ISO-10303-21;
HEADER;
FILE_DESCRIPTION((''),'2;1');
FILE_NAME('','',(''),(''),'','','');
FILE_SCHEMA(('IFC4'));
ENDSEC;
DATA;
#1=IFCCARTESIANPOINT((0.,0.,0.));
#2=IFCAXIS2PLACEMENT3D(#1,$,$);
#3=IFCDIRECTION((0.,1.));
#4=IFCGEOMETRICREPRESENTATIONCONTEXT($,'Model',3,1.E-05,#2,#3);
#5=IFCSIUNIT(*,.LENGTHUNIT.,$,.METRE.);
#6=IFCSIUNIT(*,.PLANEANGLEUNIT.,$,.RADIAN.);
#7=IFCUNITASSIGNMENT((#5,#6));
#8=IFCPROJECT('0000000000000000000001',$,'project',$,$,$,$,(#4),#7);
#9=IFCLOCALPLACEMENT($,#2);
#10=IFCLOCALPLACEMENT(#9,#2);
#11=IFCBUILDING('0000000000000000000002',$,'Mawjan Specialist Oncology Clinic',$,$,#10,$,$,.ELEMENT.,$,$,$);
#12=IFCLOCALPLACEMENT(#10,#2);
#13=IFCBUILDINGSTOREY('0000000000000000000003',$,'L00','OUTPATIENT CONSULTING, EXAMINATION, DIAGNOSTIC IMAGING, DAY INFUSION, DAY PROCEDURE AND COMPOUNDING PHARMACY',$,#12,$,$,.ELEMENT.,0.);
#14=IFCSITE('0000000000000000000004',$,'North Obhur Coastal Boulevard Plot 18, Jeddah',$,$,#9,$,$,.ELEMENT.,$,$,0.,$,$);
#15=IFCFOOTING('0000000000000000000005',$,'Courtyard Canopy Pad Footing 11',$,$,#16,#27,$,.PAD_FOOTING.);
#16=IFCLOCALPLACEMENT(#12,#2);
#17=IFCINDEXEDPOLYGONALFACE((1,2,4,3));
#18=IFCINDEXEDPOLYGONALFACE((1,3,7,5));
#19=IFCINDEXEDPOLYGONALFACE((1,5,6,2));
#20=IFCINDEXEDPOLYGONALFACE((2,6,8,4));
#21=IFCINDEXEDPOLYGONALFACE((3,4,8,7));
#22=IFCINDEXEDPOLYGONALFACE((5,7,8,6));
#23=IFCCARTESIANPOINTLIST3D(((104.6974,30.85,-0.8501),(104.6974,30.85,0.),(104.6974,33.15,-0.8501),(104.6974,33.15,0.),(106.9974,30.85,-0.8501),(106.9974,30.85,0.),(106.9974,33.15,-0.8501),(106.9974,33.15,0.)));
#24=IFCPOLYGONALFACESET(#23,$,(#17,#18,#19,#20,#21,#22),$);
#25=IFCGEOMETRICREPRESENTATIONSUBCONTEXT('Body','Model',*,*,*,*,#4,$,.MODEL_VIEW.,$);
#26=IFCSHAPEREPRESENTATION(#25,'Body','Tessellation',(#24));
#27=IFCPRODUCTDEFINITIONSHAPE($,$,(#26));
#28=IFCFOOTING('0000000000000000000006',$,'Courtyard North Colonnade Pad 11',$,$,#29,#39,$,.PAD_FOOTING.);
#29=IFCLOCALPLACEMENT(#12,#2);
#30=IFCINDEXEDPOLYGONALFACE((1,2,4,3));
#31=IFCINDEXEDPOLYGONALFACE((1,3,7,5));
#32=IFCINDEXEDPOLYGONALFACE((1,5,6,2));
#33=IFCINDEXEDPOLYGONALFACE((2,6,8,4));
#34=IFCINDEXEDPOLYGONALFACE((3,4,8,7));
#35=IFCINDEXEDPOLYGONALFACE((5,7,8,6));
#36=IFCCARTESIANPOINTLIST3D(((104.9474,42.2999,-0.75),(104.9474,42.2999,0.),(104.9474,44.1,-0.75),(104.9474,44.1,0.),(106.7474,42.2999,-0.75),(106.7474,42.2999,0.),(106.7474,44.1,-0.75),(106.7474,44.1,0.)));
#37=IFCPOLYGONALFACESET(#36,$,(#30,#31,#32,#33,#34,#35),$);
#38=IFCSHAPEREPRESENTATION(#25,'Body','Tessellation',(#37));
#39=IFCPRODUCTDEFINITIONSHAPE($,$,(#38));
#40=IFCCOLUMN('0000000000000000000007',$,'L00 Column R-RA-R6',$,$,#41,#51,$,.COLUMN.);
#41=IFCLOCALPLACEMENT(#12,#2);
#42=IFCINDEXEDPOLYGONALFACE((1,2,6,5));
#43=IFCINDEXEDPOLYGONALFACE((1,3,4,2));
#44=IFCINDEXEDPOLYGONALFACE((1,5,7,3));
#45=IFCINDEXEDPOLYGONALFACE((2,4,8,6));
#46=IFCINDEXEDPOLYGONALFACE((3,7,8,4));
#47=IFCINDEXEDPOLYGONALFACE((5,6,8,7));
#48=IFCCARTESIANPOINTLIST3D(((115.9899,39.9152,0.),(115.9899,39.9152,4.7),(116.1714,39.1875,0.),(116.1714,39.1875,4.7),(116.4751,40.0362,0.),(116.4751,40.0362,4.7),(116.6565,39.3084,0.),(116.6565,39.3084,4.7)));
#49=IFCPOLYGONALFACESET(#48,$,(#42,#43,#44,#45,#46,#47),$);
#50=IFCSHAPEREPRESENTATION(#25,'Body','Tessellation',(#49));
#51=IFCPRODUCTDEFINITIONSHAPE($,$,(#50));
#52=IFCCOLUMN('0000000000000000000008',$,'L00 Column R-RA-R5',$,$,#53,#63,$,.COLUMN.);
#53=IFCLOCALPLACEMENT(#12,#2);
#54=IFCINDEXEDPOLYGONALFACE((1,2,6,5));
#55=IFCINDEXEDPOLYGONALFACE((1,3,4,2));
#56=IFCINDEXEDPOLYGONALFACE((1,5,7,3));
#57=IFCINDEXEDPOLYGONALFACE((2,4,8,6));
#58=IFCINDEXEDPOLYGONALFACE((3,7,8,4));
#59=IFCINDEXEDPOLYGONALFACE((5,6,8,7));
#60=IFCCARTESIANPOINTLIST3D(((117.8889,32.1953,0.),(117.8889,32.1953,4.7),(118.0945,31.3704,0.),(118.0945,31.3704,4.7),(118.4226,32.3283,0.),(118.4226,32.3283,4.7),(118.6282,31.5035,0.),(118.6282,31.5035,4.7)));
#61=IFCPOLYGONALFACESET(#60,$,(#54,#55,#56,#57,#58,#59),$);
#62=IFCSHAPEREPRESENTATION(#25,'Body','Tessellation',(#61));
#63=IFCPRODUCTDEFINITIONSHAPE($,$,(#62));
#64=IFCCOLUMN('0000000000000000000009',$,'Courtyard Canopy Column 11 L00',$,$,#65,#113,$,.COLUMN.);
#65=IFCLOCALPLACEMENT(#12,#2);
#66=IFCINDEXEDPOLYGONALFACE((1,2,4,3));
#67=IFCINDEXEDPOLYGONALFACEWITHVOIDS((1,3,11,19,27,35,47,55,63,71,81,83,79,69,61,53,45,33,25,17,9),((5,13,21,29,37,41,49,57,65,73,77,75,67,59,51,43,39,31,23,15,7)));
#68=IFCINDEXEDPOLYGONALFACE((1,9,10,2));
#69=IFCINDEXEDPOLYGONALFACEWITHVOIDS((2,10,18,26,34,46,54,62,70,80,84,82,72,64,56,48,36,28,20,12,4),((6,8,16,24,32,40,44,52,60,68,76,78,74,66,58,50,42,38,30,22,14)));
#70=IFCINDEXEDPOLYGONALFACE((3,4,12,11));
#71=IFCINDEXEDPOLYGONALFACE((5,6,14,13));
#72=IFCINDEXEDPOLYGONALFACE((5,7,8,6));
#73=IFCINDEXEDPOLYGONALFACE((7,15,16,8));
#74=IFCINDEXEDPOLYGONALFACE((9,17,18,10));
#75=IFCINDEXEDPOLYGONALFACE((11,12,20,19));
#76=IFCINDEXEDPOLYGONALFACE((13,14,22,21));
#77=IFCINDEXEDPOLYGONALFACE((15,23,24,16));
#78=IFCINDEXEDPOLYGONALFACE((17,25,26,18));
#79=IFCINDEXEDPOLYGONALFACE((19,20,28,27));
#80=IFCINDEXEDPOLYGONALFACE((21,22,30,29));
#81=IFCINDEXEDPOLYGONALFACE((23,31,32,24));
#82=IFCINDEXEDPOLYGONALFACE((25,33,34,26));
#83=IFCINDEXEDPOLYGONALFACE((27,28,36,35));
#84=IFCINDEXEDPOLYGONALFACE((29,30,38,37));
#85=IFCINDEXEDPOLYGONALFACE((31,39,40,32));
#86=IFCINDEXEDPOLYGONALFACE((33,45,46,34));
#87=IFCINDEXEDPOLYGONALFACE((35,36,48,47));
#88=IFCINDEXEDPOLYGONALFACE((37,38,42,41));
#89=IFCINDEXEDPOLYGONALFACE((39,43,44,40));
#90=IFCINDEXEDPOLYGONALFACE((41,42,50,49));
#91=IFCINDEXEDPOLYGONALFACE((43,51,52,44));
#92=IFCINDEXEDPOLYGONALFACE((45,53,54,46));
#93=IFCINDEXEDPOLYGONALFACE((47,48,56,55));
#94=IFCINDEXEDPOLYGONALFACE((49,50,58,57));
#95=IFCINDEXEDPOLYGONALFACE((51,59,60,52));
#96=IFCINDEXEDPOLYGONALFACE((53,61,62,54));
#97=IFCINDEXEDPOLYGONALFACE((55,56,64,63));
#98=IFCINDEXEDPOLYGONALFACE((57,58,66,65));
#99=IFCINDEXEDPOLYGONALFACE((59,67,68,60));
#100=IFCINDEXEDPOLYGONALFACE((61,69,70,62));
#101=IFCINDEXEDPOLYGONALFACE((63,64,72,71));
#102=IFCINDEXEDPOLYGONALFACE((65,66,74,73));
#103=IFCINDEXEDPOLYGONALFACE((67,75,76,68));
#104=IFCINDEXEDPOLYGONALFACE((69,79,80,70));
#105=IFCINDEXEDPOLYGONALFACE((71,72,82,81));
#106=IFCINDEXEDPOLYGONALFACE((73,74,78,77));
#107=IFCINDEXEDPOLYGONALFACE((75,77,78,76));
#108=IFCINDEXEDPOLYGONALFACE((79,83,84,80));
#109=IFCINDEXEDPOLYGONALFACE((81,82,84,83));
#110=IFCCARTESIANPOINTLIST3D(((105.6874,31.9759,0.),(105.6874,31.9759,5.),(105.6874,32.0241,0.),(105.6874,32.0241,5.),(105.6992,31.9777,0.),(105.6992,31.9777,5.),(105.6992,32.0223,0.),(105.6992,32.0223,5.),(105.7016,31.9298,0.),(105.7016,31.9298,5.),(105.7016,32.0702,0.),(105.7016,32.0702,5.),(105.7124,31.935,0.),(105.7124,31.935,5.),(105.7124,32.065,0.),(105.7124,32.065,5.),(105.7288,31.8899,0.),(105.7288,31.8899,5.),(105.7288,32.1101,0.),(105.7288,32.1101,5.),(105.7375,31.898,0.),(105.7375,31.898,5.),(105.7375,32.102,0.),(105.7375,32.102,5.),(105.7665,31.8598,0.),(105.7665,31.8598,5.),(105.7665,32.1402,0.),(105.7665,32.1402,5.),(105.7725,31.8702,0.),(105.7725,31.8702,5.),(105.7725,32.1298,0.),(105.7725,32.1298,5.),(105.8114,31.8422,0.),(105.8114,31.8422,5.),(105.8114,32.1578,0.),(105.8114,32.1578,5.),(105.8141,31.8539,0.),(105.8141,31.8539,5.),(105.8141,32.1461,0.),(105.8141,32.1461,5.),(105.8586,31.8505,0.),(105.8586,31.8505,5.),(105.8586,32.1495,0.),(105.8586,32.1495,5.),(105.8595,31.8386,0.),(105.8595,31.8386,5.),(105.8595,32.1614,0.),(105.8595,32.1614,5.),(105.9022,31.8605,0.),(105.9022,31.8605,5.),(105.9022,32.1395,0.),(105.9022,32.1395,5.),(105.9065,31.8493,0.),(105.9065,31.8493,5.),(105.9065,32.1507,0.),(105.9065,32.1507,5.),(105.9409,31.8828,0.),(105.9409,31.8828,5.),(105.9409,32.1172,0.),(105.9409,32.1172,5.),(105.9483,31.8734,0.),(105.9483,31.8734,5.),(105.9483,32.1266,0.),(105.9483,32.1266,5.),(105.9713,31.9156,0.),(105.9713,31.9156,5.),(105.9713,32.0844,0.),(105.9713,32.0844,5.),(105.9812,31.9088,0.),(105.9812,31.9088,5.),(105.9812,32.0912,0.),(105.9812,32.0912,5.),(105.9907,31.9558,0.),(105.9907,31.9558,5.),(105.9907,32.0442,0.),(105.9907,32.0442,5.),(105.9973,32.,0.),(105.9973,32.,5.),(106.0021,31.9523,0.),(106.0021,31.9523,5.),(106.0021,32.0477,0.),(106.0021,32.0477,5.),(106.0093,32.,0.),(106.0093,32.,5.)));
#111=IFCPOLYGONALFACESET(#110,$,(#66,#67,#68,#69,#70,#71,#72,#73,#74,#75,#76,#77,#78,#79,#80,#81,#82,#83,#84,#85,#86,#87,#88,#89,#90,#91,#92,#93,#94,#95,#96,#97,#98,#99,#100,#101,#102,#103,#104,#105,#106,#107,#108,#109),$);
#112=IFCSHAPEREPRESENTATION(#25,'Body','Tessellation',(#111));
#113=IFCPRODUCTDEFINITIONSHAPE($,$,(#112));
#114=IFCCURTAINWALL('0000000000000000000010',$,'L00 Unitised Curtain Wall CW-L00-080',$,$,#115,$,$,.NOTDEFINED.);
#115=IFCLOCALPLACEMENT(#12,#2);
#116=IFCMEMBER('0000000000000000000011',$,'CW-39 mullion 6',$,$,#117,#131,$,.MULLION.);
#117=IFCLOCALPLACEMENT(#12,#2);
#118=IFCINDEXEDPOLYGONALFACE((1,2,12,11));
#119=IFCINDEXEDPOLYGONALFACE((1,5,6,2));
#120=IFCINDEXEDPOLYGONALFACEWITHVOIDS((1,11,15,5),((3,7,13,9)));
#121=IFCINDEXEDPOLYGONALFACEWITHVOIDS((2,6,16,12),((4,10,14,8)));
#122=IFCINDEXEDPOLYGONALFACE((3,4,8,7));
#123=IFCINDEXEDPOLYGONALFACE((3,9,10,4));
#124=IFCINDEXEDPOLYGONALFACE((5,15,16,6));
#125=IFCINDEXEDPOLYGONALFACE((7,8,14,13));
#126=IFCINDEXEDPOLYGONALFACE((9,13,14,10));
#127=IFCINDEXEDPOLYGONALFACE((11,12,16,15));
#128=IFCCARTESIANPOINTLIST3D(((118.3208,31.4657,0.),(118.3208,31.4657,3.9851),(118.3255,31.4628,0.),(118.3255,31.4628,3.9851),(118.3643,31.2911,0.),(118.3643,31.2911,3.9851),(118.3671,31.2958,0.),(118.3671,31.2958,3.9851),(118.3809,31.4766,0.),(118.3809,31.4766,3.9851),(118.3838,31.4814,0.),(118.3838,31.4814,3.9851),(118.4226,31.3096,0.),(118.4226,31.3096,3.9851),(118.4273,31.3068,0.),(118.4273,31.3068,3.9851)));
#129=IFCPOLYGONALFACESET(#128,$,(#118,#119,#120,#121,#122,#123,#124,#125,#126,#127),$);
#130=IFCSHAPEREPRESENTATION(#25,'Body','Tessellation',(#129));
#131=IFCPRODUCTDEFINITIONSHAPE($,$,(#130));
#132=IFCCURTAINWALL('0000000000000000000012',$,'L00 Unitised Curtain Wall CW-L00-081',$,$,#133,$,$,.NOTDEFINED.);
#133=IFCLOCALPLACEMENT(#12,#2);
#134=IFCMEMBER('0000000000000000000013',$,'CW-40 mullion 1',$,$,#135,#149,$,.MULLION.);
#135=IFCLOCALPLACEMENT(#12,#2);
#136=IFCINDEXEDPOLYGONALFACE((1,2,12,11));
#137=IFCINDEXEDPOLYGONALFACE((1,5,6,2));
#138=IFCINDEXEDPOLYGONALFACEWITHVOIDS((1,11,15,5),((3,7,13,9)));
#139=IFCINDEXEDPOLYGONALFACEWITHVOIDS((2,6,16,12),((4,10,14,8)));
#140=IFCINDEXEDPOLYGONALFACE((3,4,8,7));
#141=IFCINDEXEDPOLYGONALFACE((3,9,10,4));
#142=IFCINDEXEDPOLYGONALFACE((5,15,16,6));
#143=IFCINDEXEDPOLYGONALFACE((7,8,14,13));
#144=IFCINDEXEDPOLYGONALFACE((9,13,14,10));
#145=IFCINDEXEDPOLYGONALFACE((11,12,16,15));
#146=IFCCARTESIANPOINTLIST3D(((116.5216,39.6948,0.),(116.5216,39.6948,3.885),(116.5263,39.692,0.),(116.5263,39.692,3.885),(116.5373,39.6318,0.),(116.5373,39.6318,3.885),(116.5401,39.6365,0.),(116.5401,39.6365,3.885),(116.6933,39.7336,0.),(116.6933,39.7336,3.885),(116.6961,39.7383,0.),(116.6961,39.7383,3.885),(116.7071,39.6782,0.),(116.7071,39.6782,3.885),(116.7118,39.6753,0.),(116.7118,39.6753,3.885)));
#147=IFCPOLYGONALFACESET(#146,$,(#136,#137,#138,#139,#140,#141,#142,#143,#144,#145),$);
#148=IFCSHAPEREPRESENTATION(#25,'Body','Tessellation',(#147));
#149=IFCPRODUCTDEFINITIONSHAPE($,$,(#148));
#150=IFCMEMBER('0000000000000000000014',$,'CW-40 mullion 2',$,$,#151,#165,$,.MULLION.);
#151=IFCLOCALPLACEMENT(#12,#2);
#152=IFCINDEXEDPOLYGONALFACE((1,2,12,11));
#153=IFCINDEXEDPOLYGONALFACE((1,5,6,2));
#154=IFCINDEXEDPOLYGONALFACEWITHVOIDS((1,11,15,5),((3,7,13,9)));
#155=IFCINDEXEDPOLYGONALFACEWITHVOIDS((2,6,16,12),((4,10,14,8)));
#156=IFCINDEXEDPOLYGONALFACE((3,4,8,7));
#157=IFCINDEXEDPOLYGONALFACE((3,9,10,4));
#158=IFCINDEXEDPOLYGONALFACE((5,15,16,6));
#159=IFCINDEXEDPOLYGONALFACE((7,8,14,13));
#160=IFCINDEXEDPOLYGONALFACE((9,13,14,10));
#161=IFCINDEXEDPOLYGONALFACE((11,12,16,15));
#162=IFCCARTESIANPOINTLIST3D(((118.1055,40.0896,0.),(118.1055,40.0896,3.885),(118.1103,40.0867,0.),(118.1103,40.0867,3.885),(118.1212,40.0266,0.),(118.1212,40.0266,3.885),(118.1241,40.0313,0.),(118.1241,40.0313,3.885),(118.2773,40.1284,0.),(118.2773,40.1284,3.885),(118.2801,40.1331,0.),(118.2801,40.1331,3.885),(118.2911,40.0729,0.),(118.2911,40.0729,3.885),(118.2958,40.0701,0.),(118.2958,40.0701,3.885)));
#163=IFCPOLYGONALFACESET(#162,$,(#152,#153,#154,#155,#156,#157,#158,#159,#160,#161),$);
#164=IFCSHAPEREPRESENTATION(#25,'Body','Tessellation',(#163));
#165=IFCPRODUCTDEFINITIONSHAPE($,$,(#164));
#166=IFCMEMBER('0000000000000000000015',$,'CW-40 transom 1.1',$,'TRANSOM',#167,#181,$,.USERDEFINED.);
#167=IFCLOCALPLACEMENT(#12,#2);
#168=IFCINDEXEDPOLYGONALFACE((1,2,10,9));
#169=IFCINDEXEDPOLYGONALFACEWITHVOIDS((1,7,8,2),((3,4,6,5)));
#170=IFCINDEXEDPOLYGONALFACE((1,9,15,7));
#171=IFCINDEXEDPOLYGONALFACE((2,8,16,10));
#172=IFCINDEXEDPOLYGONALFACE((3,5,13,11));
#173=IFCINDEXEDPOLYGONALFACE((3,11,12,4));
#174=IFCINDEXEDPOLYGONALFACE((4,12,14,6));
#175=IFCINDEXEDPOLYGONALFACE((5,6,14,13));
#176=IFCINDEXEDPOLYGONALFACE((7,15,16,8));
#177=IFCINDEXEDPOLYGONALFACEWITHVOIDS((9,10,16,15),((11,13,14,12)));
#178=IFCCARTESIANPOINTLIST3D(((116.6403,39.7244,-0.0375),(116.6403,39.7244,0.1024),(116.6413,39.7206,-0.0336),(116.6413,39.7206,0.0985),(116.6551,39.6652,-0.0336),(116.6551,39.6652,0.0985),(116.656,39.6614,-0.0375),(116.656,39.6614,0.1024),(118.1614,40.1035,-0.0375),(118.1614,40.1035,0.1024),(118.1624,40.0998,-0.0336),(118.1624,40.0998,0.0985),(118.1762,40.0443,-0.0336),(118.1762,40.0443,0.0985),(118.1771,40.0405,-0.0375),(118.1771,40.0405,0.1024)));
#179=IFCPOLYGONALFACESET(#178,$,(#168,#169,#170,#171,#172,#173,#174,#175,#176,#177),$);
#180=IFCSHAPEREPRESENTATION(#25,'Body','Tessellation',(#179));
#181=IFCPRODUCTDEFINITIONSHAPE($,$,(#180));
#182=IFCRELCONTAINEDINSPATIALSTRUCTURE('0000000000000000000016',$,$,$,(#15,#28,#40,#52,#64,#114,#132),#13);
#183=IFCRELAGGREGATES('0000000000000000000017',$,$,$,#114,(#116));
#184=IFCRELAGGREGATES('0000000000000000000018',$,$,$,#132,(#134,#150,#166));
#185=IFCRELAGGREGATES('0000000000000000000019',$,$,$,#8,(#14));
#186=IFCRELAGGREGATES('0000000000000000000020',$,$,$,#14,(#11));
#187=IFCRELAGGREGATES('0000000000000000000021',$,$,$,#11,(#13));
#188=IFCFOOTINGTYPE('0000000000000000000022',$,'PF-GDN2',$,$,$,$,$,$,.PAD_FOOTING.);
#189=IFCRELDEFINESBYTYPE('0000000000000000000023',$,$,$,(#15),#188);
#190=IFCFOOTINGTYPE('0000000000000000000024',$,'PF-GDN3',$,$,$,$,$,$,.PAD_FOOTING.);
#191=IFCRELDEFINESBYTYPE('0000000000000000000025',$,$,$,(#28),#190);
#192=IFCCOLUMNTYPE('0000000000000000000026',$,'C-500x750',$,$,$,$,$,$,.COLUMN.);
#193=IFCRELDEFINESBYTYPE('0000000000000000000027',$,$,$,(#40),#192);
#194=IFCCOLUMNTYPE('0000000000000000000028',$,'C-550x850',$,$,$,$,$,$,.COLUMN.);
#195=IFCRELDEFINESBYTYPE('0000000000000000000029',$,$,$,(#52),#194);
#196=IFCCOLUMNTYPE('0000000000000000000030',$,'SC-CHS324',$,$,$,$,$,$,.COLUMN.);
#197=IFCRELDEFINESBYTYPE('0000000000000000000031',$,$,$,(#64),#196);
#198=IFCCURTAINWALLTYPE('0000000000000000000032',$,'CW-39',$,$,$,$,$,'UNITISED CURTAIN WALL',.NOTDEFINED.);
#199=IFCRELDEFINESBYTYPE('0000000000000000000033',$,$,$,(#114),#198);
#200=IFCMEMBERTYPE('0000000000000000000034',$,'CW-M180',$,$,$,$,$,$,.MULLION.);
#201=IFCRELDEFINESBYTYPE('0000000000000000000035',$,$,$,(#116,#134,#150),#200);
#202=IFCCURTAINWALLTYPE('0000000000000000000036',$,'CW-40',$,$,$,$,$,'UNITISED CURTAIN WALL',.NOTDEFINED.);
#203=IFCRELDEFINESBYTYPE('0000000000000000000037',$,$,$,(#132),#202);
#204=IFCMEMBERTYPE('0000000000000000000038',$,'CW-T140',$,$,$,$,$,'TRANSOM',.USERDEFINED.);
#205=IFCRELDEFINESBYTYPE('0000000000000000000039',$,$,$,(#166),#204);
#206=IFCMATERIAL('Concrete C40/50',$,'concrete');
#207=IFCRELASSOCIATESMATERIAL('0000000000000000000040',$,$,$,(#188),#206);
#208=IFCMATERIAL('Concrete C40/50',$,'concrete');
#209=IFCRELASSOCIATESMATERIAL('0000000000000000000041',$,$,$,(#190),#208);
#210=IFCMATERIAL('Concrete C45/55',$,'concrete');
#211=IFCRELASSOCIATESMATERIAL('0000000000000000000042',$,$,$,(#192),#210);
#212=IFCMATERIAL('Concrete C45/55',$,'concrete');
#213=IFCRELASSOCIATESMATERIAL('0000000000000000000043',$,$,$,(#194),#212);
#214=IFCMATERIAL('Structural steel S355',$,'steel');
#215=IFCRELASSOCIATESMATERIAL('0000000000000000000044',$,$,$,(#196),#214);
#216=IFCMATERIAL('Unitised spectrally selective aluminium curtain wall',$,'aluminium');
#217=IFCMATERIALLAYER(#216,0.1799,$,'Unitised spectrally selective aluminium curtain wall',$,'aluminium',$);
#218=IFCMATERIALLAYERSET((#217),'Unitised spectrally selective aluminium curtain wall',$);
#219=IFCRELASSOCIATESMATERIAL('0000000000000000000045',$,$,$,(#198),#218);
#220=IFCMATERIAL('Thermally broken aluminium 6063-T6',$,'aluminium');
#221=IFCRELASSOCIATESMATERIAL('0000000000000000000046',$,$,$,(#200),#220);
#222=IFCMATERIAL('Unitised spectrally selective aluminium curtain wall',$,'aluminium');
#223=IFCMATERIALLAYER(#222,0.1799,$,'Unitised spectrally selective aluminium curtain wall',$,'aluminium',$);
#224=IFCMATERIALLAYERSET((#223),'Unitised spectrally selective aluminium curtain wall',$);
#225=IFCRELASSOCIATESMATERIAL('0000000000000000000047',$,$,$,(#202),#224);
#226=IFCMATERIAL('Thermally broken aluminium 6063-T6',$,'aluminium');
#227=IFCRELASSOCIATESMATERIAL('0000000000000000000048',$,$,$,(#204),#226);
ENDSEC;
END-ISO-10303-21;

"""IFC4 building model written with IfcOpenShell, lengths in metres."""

from ifc_helpers import new_model, si_unit, direction, frame, origin, origin_2d, place, context, subcontext, project, spatial, rectangle, hollow_rectangle, hollow_circle, extrude, material, layer, layer_set, material_profile, profile_set, type_object, element, aggregate, save


model = new_model("IFC4")

# Units and contexts
model_context = context("Model", 3, precision=1e-05, world=origin(), true_north=direction((0.0, 1.0)))
body_context = subcontext(model_context, "Body", "Model", "MODEL_VIEW")
ifc_project = project(units=[si_unit("LENGTHUNIT", "METRE"), si_unit("PLANEANGLEUNIT", "RADIAN")], contexts=[model_context])

# Site, building, storey
site_placement = place(None, origin())
site = spatial("IfcSite", under=ifc_project, at=site_placement, Name="North Obhur Coastal Boulevard Plot 18, Jeddah", CompositionType="ELEMENT", RefElevation=0.0)
building_placement = place(site_placement, origin())
building = spatial("IfcBuilding", under=site, at=building_placement, Name="Mawjan Specialist Oncology Clinic", CompositionType="ELEMENT")
storey_placement = place(building_placement, origin())
storey = spatial("IfcBuildingStorey", under=building, at=storey_placement, Name="L00", Description="OUTPATIENT CONSULTING, EXAMINATION, DIAGNOSTIC IMAGING, DAY INFUSION, DAY PROCEDURE AND COMPOUNDING PHARMACY", CompositionType="ELEMENT", Elevation=0.0)

# Footings
ifc_material_1 = material(Name="Concrete C40/50", Category="concrete")
footing_type_1 = type_object("IfcFootingType", Name="PF-GDN2", PredefinedType="PAD_FOOTING", material=ifc_material_1)
footing_1_placement = place(storey_placement, frame((105.8474, 32.0, -0.8501), z_axis=(0.0, 0.0, 1.0), x_axis=(1.0, 0.0, 0.0)))
element("IfcFooting", 1, at=footing_1_placement, inside=storey, type_object=footing_type_1, Name="Courtyard Canopy Pad Footing 11", PredefinedType="PAD_FOOTING", context=body_context, shape_type="SweptSolid", body=[
    extrude(rectangle(XDim=2.3, YDim=2.3, at=origin_2d()), origin(), (0.0, 0.0, 1.0), 0.8501),
])
ifc_material_2 = material(Name="Concrete C40/50", Category="concrete")
footing_type_2 = type_object("IfcFootingType", Name="PF-GDN3", PredefinedType="PAD_FOOTING", material=ifc_material_2)
footing_2_placement = place(storey_placement, frame((105.8474, 43.2, -0.75), z_axis=(0.0, 0.0, 1.0), x_axis=(1.0, 0.0, 0.0)))
element("IfcFooting", 2, at=footing_2_placement, inside=storey, type_object=footing_type_2, Name="Courtyard North Colonnade Pad 11", PredefinedType="PAD_FOOTING", context=body_context, shape_type="SweptSolid", body=[
    extrude(rectangle(XDim=1.8, YDim=1.8, at=origin_2d()), origin(), (0.0, 0.0, 1.0), 0.75),
])

# Columns
ifc_material_3 = material(Name="Concrete C45/55", Category="concrete")
ifc_material_profile_1 = material_profile(ifc_material_3, rectangle(XDim=0.5, YDim=0.75, at=origin_2d()), Name="RC COL 500x750", Category="concrete")
ifc_profile_set_1 = profile_set([ifc_material_profile_1], Name="Concrete C45/55")
column_type_1 = type_object("IfcColumnType", Name="C-500x750", PredefinedType="COLUMN", material=ifc_profile_set_1)
column_1_placement = place(storey_placement, frame((116.3232, 39.6118, 0.0), z_axis=(0.0, 0.0, 1.0), x_axis=(0.970296, 0.241922, 0.0)))
element("IfcColumn", 3, at=column_1_placement, inside=storey, type_object=column_type_1, Name="L00 Column R-RA-R6", PredefinedType="COLUMN", context=body_context, shape_type="SweptSolid", body=[
    extrude(rectangle(XDim=0.5, YDim=0.75, at=origin_2d()), origin(), (0.0, 0.0, 1.0), 4.7),
])
ifc_material_4 = material(Name="Concrete C45/55", Category="concrete")
ifc_material_profile_2 = material_profile(ifc_material_4, rectangle(XDim=0.55, YDim=0.8501, at=origin_2d()), Name="RC COL 550x850", Category="concrete")
ifc_profile_set_2 = profile_set([ifc_material_profile_2], Name="Concrete C45/55")
column_type_2 = type_object("IfcColumnType", Name="C-550x850", PredefinedType="COLUMN", material=ifc_profile_set_2)
column_2_placement = place(storey_placement, frame((118.2585, 31.8494, 0.0), z_axis=(0.0, 0.0, 1.0), x_axis=(0.970296, 0.241922, 0.0)))
element("IfcColumn", 4, at=column_2_placement, inside=storey, type_object=column_type_2, Name="L00 Column R-RA-R5", PredefinedType="COLUMN", context=body_context, shape_type="SweptSolid", body=[
    extrude(rectangle(XDim=0.55, YDim=0.8501, at=origin_2d()), origin(), (0.0, 0.0, 1.0), 4.7),
])
ifc_material_5 = material(Name="Structural steel S355", Category="steel")
ifc_material_profile_3 = material_profile(ifc_material_5, hollow_circle(Radius=0.1619, WallThickness=0.012, at=origin_2d()), Name="CHS 323.9x12", Category="steel")
ifc_profile_set_3 = profile_set([ifc_material_profile_3], Name="Structural steel S355")
column_type_3 = type_object("IfcColumnType", Name="SC-CHS324", PredefinedType="COLUMN", material=ifc_profile_set_3)
column_3_placement = place(storey_placement, frame((105.8474, 32.0, 0.0), z_axis=(0.0, 0.0, 1.0), x_axis=(1.0, 0.0, 0.0)))
element("IfcColumn", 5, at=column_3_placement, inside=storey, type_object=column_type_3, Name="Courtyard Canopy Column 11 L00", PredefinedType="COLUMN", context=body_context, shape_type="SweptSolid", body=[
    extrude(hollow_circle(Radius=0.1619, WallThickness=0.012, at=origin_2d()), origin(), (0.0, 0.0, 1.0), 5.0),
])

# Curtain wall, member
ifc_material_6 = material(Name="Unitised spectrally selective aluminium curtain wall", Category="aluminium")
ifc_layer_1 = layer(ifc_material_6, 0.1799, Name="Unitised spectrally selective aluminium curtain wall", Category="aluminium")
ifc_layer_set_1 = layer_set([ifc_layer_1], Name="Unitised spectrally selective aluminium curtain wall")
curtain_wall_type_1 = type_object("IfcCurtainWallType", Name="CW-39", ElementType="UNITISED CURTAIN WALL", PredefinedType="NOTDEFINED", material=ifc_layer_set_1)
curtain_wall_1_placement = place(storey_placement, origin())
curtain_wall_1 = element("IfcCurtainWall", 6, at=curtain_wall_1_placement, inside=storey, type_object=curtain_wall_type_1, Name="L00 Unitised Curtain Wall CW-L00-080", PredefinedType="NOTDEFINED")
ifc_material_7 = material(Name="Thermally broken aluminium 6063-T6", Category="aluminium")
ifc_material_profile_4 = material_profile(ifc_material_7, hollow_rectangle(XDim=0.0649, YDim=0.1799, WallThickness=0.0039, at=origin_2d()), Name="ALU MULLION 180x65x4", Category="aluminium")
ifc_profile_set_4 = profile_set([ifc_material_profile_4], Name="Thermally broken aluminium 6063-T6")
member_type_1 = type_object("IfcMemberType", Name="CW-M180", PredefinedType="MULLION", material=ifc_profile_set_4)
member_1_placement = place(storey_placement, frame((118.374, 31.3862, 0.0), z_axis=(0.0, 0.0, 1.0), x_axis=(-0.970296, -0.241922, 0.0)))
member_1 = element("IfcMember", 7, at=member_1_placement, type_object=member_type_1, Name="CW-39 mullion 6", PredefinedType="MULLION", context=body_context, shape_type="SweptSolid", body=[
    extrude(hollow_rectangle(XDim=0.0649, YDim=0.1799, WallThickness=0.0039, at=origin_2d()), origin(), (0.0, 0.0, 1.0), 3.9851),
])
aggregate(curtain_wall_1, [member_1])

# Curtain wall, members
ifc_material_8 = material(Name="Unitised spectrally selective aluminium curtain wall", Category="aluminium")
ifc_layer_2 = layer(ifc_material_8, 0.1799, Name="Unitised spectrally selective aluminium curtain wall", Category="aluminium")
ifc_layer_set_2 = layer_set([ifc_layer_2], Name="Unitised spectrally selective aluminium curtain wall")
curtain_wall_type_2 = type_object("IfcCurtainWallType", Name="CW-40", ElementType="UNITISED CURTAIN WALL", PredefinedType="NOTDEFINED", material=ifc_layer_set_2)
curtain_wall_2_placement = place(storey_placement, origin())
curtain_wall_2 = element("IfcCurtainWall", 8, at=curtain_wall_2_placement, inside=storey, type_object=curtain_wall_type_2, Name="L00 Unitised Curtain Wall CW-L00-081", PredefinedType="NOTDEFINED")
member_2_placement = place(storey_placement, frame((116.6167, 39.6851, 0.0), z_axis=(0.0, 0.0, 1.0), x_axis=(-0.241922, 0.970296, 0.0)))
member_2 = element("IfcMember", 9, at=member_2_placement, type_object=member_type_1, Name="CW-40 mullion 1", PredefinedType="MULLION", context=body_context, shape_type="SweptSolid", body=[
    extrude(hollow_rectangle(XDim=0.0649, YDim=0.1799, WallThickness=0.0039, at=origin_2d()), origin(), (0.0, 0.0, 1.0), 3.885),
])
member_3_placement = place(storey_placement, frame((118.2007, 40.0798, 0.0), z_axis=(0.0, 0.0, 1.0), x_axis=(-0.241922, 0.970296, 0.0)))
member_3 = element("IfcMember", 10, at=member_3_placement, type_object=member_type_1, Name="CW-40 mullion 2", PredefinedType="MULLION", context=body_context, shape_type="SweptSolid", body=[
    extrude(hollow_rectangle(XDim=0.0649, YDim=0.1799, WallThickness=0.0039, at=origin_2d()), origin(), (0.0, 0.0, 1.0), 3.885),
])
ifc_material_9 = material(Name="Thermally broken aluminium 6063-T6", Category="aluminium")
ifc_material_profile_5 = material_profile(ifc_material_9, hollow_rectangle(XDim=0.0649, YDim=0.1399, WallThickness=0.0039, at=origin_2d()), Name="ALU TRANSOM 140x65x4", Category="aluminium")
ifc_profile_set_5 = profile_set([ifc_material_profile_5], Name="Thermally broken aluminium 6063-T6")
member_type_2 = type_object("IfcMemberType", Name="CW-T140", ElementType="TRANSOM", PredefinedType="USERDEFINED", material=ifc_profile_set_5)
member_4_placement = place(storey_placement, frame((116.6482, 39.6929, 0.0325), z_axis=(0.970307, 0.241876, 0.0), x_axis=(-0.241876, 0.970307, 0.0)))
member_4 = element("IfcMember", 11, at=member_4_placement, type_object=member_type_2, Name="CW-40 transom 1.1", ObjectType="TRANSOM", PredefinedType="USERDEFINED", context=body_context, shape_type="SweptSolid", body=[
    extrude(hollow_rectangle(XDim=0.0649, YDim=0.1399, WallThickness=0.0039, at=origin_2d()), origin(), (0.0, 0.0, 1.0), 1.5676),
])

aggregate(curtain_wall_2, [member_2, member_3, member_4])

save(model, "model.ifc")
